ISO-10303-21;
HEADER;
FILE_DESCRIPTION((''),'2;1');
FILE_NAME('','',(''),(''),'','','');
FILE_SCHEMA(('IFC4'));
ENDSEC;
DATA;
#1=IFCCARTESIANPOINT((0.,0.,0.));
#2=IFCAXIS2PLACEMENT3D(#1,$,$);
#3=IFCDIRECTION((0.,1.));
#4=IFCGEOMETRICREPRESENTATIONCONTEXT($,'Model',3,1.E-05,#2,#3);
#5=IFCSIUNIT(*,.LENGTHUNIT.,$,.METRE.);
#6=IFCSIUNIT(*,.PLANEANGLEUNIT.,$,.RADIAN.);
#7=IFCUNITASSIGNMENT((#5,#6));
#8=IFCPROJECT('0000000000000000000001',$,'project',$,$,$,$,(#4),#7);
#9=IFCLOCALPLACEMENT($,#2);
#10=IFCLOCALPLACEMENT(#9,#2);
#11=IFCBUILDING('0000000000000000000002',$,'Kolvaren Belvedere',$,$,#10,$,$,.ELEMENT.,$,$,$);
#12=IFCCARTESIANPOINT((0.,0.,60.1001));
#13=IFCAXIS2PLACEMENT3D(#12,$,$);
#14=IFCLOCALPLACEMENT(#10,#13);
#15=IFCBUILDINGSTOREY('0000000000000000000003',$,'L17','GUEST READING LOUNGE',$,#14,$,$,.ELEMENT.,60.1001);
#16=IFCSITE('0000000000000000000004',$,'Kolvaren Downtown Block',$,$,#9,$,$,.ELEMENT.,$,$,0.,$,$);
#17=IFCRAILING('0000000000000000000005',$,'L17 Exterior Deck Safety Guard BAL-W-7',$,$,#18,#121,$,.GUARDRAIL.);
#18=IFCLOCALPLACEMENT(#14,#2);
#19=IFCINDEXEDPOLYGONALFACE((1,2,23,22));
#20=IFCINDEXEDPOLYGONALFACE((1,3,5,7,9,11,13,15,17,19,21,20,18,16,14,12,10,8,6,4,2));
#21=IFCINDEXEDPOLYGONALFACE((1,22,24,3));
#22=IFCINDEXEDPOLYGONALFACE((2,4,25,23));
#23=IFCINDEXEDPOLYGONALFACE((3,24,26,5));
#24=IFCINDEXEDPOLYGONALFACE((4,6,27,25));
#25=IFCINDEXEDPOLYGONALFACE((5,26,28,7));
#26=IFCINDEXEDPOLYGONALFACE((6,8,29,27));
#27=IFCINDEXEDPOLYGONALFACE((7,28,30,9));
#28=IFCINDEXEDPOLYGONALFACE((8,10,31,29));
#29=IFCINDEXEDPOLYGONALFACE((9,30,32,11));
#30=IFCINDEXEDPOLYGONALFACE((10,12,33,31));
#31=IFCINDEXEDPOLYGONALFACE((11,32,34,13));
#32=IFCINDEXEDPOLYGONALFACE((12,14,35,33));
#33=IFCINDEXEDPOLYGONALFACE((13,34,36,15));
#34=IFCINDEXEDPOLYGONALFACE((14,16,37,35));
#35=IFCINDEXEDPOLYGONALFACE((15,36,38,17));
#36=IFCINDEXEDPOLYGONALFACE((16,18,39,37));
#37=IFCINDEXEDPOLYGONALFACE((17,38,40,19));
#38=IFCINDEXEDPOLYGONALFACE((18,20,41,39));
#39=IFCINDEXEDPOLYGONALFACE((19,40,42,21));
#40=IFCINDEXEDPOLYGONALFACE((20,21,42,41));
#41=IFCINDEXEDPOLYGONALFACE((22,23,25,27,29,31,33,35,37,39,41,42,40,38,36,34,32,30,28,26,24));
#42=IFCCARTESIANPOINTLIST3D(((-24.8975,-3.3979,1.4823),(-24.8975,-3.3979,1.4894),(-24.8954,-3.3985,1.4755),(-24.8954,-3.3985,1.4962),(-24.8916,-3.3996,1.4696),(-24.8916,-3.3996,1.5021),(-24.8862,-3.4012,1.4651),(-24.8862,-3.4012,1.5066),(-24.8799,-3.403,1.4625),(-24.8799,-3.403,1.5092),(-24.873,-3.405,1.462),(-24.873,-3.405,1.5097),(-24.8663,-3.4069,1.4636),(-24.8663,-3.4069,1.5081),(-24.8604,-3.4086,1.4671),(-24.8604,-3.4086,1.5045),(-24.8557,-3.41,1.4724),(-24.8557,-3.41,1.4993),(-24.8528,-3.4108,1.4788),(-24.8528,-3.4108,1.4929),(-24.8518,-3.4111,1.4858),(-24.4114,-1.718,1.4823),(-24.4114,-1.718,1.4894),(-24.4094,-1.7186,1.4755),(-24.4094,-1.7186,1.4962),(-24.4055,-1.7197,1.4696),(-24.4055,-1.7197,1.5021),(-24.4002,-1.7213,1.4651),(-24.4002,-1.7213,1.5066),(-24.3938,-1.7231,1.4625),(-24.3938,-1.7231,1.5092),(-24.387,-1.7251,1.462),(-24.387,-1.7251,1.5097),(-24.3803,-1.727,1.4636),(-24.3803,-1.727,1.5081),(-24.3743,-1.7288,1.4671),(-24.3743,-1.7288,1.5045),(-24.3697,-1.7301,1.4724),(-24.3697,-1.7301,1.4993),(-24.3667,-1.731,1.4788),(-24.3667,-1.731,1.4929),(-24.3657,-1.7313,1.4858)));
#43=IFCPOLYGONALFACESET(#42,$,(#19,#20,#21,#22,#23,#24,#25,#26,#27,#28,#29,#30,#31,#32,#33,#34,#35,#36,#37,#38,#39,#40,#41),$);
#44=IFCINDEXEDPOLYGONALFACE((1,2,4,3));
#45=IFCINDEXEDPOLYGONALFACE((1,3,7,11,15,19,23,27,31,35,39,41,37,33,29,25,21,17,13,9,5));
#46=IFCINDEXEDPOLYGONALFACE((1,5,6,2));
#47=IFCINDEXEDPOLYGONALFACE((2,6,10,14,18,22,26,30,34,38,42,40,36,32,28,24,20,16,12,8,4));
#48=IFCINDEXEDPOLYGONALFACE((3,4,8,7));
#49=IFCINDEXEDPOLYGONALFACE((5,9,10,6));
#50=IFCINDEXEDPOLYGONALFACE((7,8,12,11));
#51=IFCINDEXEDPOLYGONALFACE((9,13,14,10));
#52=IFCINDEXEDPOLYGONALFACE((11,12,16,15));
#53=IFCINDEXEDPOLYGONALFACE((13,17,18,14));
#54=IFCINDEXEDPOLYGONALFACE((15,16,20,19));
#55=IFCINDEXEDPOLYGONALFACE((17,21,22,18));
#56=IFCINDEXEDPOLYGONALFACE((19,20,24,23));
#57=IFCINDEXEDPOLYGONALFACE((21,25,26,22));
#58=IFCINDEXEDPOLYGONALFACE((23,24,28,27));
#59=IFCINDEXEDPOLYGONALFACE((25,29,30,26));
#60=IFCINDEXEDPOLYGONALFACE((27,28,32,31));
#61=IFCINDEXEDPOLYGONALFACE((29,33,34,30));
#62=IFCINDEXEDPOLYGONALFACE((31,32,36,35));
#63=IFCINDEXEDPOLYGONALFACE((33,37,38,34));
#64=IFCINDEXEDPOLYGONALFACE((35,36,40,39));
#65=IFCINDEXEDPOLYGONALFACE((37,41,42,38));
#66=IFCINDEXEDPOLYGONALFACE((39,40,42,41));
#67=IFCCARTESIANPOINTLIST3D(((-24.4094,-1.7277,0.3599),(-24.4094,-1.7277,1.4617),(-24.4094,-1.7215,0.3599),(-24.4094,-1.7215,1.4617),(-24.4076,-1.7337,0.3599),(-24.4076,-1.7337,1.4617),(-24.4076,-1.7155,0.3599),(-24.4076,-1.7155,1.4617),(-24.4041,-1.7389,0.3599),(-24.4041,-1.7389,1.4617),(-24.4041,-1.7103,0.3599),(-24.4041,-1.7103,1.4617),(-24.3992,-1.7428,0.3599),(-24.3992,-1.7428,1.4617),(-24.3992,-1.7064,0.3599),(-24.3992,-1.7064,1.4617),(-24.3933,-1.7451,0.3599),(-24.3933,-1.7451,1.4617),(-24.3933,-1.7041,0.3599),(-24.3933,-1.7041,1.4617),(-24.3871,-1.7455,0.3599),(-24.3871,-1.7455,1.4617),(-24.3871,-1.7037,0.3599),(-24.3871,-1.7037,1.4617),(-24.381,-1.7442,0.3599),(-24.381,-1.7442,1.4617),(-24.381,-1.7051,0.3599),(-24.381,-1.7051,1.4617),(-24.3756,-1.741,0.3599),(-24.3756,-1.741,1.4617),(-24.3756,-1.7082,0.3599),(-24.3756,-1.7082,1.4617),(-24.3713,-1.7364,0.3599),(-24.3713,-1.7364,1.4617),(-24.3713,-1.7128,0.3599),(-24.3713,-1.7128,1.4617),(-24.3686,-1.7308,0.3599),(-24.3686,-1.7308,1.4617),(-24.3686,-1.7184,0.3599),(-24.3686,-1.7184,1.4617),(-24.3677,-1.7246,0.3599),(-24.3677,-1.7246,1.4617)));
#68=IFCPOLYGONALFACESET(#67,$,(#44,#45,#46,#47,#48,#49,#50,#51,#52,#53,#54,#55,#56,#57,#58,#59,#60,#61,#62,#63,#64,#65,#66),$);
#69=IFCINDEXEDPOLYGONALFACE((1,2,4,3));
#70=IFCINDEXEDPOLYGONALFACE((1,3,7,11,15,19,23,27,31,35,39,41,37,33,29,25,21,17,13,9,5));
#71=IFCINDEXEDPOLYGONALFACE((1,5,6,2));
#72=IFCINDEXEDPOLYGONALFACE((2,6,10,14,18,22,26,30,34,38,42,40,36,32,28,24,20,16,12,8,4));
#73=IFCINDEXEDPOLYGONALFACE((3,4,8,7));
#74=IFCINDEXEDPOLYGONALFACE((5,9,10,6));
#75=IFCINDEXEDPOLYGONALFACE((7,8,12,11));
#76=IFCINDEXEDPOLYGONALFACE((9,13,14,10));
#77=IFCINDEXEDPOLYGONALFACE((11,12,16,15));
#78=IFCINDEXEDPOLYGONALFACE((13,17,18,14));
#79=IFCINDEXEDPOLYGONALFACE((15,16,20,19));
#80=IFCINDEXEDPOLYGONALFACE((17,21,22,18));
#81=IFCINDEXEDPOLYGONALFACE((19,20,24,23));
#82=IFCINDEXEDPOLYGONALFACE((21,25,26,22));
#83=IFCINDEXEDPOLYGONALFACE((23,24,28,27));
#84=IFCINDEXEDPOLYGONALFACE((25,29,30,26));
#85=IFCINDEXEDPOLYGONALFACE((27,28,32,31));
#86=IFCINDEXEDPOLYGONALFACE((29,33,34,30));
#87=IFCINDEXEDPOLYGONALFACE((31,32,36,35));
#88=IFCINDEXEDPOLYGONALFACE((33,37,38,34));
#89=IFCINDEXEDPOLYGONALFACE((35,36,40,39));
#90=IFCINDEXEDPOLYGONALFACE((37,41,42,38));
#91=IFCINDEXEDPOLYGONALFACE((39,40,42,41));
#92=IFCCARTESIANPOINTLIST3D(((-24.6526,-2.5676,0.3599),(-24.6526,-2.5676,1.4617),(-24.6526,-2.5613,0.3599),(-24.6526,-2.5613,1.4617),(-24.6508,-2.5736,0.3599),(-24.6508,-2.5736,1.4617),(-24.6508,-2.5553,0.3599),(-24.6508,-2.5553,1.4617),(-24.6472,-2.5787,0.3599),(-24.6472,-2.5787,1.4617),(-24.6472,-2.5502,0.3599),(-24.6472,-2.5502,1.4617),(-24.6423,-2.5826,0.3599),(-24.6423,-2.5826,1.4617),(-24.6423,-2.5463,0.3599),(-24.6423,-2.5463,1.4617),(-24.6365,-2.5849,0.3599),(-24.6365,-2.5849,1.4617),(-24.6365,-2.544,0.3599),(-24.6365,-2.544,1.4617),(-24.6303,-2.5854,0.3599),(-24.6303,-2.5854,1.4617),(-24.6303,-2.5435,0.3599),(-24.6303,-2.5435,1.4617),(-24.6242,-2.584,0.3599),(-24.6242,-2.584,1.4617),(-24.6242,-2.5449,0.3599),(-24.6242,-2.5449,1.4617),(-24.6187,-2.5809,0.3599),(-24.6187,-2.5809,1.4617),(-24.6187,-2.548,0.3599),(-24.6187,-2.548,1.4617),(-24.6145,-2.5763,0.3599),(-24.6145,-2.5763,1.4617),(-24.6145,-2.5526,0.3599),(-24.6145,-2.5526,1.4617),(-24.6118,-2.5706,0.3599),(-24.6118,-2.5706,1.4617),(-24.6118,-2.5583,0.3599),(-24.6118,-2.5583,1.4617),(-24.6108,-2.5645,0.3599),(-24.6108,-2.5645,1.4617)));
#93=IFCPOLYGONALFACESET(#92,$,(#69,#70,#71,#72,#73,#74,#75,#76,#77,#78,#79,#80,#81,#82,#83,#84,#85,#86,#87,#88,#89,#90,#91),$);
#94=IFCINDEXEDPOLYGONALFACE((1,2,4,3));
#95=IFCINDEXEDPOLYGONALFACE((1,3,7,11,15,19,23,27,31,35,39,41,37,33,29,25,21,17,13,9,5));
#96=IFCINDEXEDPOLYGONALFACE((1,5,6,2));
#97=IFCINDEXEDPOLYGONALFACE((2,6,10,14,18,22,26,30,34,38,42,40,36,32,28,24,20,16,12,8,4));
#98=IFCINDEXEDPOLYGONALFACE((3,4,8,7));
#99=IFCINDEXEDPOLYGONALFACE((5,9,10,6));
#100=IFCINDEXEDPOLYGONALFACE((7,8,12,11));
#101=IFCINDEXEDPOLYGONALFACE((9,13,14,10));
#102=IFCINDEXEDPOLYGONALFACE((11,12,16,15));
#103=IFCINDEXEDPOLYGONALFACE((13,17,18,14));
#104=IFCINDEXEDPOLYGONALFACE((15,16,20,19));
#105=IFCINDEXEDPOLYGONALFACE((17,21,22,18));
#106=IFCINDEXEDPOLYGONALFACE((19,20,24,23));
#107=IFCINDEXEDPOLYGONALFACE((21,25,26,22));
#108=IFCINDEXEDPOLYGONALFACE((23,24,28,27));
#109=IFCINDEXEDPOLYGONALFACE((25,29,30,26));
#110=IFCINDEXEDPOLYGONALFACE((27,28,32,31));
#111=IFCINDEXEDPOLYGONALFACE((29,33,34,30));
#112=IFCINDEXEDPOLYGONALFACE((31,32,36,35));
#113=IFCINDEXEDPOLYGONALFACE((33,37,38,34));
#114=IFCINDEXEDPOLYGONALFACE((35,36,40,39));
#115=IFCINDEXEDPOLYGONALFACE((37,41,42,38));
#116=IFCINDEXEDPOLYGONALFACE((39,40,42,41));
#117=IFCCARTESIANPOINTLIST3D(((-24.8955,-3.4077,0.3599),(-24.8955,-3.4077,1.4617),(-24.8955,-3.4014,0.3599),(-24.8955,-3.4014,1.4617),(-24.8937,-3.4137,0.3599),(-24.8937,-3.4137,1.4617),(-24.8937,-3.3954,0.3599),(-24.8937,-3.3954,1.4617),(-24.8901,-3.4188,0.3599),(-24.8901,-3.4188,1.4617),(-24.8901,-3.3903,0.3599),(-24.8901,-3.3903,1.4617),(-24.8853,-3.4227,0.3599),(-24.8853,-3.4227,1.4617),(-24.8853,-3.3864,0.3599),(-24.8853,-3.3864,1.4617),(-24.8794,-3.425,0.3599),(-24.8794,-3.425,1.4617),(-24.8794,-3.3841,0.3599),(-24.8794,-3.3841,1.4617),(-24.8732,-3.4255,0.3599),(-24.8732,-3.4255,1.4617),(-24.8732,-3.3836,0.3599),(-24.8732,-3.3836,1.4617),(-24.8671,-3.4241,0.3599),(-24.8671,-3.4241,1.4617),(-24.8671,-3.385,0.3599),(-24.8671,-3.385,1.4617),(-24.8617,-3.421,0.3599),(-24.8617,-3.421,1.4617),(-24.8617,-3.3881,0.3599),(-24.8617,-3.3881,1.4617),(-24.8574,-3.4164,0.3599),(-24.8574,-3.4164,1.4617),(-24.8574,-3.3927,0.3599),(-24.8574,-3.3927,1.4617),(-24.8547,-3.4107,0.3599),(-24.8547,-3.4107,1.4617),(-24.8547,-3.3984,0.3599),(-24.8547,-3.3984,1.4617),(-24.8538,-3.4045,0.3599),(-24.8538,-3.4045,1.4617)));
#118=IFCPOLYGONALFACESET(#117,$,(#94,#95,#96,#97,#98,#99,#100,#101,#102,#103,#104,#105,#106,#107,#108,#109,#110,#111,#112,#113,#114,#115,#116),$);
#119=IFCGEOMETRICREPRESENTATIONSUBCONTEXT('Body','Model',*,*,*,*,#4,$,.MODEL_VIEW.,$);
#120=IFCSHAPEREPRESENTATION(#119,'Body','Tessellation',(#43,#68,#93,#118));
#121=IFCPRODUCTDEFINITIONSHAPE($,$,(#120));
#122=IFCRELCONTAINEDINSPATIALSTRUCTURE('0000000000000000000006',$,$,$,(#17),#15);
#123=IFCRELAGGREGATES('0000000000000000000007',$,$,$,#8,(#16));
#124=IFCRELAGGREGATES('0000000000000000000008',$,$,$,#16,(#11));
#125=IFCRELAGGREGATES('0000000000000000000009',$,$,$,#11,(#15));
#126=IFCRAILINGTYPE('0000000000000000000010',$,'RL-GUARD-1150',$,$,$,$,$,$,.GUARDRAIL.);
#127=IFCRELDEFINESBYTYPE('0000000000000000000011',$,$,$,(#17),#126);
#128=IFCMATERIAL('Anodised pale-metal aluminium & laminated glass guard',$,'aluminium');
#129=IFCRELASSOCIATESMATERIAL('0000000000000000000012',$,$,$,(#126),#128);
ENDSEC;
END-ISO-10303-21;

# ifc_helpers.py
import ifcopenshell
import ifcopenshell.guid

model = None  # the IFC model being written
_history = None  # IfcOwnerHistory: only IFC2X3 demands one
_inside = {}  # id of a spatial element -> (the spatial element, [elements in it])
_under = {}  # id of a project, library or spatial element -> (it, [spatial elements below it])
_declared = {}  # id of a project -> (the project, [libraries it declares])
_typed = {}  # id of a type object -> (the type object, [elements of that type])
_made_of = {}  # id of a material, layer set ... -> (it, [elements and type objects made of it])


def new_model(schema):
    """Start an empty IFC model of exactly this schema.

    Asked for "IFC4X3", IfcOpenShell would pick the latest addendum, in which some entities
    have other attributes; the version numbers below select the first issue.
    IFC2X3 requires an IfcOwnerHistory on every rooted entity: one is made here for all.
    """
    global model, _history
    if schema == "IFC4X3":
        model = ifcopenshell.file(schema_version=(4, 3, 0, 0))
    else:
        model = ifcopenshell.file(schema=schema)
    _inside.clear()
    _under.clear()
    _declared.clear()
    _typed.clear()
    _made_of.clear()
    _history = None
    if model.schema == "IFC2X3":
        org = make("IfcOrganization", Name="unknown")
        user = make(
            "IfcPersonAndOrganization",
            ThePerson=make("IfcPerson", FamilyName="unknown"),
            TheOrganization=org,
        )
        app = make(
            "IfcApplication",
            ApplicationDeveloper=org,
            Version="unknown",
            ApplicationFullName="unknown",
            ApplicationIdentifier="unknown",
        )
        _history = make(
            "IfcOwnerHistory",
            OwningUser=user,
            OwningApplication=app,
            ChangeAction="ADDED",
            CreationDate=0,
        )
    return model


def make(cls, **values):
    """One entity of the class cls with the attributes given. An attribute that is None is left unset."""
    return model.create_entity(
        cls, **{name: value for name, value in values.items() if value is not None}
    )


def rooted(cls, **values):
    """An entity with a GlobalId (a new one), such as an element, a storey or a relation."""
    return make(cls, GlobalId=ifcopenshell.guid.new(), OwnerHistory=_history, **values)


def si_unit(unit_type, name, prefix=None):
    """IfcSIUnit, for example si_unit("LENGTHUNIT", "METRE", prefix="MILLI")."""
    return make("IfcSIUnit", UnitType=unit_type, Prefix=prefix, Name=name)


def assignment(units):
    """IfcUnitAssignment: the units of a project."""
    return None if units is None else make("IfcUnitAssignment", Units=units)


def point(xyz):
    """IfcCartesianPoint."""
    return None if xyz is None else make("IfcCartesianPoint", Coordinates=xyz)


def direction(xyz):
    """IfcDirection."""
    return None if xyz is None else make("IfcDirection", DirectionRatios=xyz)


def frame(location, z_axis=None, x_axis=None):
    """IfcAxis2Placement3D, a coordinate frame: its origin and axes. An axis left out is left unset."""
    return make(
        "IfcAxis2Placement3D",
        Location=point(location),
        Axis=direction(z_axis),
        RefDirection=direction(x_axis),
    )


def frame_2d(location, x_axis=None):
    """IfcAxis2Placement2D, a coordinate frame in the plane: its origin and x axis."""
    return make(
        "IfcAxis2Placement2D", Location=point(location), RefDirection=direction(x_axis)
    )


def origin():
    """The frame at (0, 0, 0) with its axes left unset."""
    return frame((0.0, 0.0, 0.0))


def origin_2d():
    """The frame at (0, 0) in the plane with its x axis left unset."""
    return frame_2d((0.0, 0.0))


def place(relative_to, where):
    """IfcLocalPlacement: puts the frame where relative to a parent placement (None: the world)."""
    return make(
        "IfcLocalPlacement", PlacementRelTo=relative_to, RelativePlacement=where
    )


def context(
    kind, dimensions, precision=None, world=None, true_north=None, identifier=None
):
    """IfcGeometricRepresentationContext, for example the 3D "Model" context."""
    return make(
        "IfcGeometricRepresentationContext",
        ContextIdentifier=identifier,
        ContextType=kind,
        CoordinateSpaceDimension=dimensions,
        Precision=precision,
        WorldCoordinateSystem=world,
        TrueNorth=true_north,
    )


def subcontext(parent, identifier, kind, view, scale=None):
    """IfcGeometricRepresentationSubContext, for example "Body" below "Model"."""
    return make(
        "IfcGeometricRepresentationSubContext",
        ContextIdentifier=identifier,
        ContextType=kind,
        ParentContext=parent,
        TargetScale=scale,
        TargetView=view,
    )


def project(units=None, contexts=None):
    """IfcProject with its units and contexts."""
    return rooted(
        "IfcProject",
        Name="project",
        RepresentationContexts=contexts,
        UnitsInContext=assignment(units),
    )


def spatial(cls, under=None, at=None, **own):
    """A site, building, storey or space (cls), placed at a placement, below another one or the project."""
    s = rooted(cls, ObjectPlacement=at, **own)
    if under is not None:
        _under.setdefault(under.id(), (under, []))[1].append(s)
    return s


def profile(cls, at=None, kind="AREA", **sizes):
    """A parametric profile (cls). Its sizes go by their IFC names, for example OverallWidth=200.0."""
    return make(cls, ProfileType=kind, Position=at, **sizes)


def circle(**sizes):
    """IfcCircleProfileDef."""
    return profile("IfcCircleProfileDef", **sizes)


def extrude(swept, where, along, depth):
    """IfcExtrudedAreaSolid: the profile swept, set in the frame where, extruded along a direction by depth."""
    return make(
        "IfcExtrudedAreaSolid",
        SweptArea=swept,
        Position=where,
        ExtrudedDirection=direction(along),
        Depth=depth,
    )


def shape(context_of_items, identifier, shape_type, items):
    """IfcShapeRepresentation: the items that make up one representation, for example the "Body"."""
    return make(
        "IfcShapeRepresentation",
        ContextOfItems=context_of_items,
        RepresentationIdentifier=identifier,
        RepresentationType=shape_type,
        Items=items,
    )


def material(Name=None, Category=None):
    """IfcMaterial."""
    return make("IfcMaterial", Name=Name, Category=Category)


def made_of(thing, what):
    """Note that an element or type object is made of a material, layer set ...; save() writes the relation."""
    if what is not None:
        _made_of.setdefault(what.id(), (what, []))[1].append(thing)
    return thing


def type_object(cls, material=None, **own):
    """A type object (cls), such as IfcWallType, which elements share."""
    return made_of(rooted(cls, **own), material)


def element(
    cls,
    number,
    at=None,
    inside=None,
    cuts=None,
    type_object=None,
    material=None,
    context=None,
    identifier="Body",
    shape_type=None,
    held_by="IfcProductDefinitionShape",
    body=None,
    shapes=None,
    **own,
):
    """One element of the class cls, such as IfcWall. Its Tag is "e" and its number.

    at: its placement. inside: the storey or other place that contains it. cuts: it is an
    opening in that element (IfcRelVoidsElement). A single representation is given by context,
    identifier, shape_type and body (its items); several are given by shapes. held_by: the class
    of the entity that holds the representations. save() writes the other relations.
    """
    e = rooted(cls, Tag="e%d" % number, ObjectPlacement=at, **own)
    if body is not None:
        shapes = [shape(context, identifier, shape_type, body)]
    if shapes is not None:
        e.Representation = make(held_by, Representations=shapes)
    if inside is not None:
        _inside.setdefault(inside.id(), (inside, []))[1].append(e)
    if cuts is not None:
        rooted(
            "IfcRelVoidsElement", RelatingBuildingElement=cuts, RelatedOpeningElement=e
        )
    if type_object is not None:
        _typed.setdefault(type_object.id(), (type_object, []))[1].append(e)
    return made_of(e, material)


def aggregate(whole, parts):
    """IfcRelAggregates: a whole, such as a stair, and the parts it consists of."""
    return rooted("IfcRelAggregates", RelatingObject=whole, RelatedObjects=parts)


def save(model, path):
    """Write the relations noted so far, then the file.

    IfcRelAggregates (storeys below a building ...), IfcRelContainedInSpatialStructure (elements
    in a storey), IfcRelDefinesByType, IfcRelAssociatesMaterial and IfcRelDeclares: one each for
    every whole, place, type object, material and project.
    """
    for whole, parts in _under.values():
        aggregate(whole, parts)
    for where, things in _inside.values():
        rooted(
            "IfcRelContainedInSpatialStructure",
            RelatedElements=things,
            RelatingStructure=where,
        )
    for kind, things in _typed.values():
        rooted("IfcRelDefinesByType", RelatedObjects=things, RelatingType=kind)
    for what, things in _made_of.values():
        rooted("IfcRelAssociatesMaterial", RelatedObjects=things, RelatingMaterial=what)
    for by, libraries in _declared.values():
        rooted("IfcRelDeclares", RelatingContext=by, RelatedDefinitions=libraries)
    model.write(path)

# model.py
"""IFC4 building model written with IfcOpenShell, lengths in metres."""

from ifc_helpers import new_model, si_unit, direction, frame, origin, origin_2d, place, context, subcontext, project, spatial, circle, extrude, material, type_object, element, save


model = new_model("IFC4")

# Units and contexts
model_context = context("Model", 3, precision=1e-05, world=origin(), true_north=direction((0.0, 1.0)))
body_context = subcontext(model_context, "Body", "Model", "MODEL_VIEW")
ifc_project = project(units=[si_unit("LENGTHUNIT", "METRE"), si_unit("PLANEANGLEUNIT", "RADIAN")], contexts=[model_context])

# Site, building, storey
site_placement = place(None, origin())
site = spatial("IfcSite", under=ifc_project, at=site_placement, Name="Kolvaren Downtown Block", CompositionType="ELEMENT", RefElevation=0.0)
building_placement = place(site_placement, origin())
building = spatial("IfcBuilding", under=site, at=building_placement, Name="Kolvaren Belvedere", CompositionType="ELEMENT")
storey_placement = place(building_placement, frame((0.0, 0.0, 60.1001)))
storey = spatial("IfcBuildingStorey", under=building, at=storey_placement, Name="L17", Description="GUEST READING LOUNGE", CompositionType="ELEMENT", Elevation=60.1001)

# Railing
ifc_material_1 = material(Name="Anodised pale-metal aluminium & laminated glass guard", Category="aluminium")
railing_type = type_object("IfcRailingType", Name="RL-GUARD-1150", PredefinedType="GUARDRAIL", material=ifc_material_1)
railing_1_placement = place(storey_placement, frame((-24.3887, -1.7246, 0.3599)))
element("IfcRailing", 1, at=railing_1_placement, inside=storey, type_object=railing_type, Name="L17 Exterior Deck Safety Guard BAL-W-7", PredefinedType="GUARDRAIL", context=body_context, shape_type="SweptSolid", body=[
    extrude(circle(Radius=0.0239, at=origin_2d()), frame((0.0, 0.0, 1.126), z_axis=(-0.277946, -0.960597, 0.0), x_axis=(0.960597, -0.277946, 0.0)), (0.0, 0.0, 1.0), 1.7488),
    extrude(circle(Radius=0.021, at=origin_2d()), origin(), (0.0, 0.0, 1.0), 1.1018),
    extrude(circle(Radius=0.021, at=origin_2d()), frame((-0.2432, -0.8398, 0.0)), (0.0, 0.0, 1.0), 1.1018),
    extrude(circle(Radius=0.021, at=origin_2d()), frame((-0.4861, -1.6799, 0.0)), (0.0, 0.0, 1.0), 1.1018),
])

save(model, "model.ifc")
